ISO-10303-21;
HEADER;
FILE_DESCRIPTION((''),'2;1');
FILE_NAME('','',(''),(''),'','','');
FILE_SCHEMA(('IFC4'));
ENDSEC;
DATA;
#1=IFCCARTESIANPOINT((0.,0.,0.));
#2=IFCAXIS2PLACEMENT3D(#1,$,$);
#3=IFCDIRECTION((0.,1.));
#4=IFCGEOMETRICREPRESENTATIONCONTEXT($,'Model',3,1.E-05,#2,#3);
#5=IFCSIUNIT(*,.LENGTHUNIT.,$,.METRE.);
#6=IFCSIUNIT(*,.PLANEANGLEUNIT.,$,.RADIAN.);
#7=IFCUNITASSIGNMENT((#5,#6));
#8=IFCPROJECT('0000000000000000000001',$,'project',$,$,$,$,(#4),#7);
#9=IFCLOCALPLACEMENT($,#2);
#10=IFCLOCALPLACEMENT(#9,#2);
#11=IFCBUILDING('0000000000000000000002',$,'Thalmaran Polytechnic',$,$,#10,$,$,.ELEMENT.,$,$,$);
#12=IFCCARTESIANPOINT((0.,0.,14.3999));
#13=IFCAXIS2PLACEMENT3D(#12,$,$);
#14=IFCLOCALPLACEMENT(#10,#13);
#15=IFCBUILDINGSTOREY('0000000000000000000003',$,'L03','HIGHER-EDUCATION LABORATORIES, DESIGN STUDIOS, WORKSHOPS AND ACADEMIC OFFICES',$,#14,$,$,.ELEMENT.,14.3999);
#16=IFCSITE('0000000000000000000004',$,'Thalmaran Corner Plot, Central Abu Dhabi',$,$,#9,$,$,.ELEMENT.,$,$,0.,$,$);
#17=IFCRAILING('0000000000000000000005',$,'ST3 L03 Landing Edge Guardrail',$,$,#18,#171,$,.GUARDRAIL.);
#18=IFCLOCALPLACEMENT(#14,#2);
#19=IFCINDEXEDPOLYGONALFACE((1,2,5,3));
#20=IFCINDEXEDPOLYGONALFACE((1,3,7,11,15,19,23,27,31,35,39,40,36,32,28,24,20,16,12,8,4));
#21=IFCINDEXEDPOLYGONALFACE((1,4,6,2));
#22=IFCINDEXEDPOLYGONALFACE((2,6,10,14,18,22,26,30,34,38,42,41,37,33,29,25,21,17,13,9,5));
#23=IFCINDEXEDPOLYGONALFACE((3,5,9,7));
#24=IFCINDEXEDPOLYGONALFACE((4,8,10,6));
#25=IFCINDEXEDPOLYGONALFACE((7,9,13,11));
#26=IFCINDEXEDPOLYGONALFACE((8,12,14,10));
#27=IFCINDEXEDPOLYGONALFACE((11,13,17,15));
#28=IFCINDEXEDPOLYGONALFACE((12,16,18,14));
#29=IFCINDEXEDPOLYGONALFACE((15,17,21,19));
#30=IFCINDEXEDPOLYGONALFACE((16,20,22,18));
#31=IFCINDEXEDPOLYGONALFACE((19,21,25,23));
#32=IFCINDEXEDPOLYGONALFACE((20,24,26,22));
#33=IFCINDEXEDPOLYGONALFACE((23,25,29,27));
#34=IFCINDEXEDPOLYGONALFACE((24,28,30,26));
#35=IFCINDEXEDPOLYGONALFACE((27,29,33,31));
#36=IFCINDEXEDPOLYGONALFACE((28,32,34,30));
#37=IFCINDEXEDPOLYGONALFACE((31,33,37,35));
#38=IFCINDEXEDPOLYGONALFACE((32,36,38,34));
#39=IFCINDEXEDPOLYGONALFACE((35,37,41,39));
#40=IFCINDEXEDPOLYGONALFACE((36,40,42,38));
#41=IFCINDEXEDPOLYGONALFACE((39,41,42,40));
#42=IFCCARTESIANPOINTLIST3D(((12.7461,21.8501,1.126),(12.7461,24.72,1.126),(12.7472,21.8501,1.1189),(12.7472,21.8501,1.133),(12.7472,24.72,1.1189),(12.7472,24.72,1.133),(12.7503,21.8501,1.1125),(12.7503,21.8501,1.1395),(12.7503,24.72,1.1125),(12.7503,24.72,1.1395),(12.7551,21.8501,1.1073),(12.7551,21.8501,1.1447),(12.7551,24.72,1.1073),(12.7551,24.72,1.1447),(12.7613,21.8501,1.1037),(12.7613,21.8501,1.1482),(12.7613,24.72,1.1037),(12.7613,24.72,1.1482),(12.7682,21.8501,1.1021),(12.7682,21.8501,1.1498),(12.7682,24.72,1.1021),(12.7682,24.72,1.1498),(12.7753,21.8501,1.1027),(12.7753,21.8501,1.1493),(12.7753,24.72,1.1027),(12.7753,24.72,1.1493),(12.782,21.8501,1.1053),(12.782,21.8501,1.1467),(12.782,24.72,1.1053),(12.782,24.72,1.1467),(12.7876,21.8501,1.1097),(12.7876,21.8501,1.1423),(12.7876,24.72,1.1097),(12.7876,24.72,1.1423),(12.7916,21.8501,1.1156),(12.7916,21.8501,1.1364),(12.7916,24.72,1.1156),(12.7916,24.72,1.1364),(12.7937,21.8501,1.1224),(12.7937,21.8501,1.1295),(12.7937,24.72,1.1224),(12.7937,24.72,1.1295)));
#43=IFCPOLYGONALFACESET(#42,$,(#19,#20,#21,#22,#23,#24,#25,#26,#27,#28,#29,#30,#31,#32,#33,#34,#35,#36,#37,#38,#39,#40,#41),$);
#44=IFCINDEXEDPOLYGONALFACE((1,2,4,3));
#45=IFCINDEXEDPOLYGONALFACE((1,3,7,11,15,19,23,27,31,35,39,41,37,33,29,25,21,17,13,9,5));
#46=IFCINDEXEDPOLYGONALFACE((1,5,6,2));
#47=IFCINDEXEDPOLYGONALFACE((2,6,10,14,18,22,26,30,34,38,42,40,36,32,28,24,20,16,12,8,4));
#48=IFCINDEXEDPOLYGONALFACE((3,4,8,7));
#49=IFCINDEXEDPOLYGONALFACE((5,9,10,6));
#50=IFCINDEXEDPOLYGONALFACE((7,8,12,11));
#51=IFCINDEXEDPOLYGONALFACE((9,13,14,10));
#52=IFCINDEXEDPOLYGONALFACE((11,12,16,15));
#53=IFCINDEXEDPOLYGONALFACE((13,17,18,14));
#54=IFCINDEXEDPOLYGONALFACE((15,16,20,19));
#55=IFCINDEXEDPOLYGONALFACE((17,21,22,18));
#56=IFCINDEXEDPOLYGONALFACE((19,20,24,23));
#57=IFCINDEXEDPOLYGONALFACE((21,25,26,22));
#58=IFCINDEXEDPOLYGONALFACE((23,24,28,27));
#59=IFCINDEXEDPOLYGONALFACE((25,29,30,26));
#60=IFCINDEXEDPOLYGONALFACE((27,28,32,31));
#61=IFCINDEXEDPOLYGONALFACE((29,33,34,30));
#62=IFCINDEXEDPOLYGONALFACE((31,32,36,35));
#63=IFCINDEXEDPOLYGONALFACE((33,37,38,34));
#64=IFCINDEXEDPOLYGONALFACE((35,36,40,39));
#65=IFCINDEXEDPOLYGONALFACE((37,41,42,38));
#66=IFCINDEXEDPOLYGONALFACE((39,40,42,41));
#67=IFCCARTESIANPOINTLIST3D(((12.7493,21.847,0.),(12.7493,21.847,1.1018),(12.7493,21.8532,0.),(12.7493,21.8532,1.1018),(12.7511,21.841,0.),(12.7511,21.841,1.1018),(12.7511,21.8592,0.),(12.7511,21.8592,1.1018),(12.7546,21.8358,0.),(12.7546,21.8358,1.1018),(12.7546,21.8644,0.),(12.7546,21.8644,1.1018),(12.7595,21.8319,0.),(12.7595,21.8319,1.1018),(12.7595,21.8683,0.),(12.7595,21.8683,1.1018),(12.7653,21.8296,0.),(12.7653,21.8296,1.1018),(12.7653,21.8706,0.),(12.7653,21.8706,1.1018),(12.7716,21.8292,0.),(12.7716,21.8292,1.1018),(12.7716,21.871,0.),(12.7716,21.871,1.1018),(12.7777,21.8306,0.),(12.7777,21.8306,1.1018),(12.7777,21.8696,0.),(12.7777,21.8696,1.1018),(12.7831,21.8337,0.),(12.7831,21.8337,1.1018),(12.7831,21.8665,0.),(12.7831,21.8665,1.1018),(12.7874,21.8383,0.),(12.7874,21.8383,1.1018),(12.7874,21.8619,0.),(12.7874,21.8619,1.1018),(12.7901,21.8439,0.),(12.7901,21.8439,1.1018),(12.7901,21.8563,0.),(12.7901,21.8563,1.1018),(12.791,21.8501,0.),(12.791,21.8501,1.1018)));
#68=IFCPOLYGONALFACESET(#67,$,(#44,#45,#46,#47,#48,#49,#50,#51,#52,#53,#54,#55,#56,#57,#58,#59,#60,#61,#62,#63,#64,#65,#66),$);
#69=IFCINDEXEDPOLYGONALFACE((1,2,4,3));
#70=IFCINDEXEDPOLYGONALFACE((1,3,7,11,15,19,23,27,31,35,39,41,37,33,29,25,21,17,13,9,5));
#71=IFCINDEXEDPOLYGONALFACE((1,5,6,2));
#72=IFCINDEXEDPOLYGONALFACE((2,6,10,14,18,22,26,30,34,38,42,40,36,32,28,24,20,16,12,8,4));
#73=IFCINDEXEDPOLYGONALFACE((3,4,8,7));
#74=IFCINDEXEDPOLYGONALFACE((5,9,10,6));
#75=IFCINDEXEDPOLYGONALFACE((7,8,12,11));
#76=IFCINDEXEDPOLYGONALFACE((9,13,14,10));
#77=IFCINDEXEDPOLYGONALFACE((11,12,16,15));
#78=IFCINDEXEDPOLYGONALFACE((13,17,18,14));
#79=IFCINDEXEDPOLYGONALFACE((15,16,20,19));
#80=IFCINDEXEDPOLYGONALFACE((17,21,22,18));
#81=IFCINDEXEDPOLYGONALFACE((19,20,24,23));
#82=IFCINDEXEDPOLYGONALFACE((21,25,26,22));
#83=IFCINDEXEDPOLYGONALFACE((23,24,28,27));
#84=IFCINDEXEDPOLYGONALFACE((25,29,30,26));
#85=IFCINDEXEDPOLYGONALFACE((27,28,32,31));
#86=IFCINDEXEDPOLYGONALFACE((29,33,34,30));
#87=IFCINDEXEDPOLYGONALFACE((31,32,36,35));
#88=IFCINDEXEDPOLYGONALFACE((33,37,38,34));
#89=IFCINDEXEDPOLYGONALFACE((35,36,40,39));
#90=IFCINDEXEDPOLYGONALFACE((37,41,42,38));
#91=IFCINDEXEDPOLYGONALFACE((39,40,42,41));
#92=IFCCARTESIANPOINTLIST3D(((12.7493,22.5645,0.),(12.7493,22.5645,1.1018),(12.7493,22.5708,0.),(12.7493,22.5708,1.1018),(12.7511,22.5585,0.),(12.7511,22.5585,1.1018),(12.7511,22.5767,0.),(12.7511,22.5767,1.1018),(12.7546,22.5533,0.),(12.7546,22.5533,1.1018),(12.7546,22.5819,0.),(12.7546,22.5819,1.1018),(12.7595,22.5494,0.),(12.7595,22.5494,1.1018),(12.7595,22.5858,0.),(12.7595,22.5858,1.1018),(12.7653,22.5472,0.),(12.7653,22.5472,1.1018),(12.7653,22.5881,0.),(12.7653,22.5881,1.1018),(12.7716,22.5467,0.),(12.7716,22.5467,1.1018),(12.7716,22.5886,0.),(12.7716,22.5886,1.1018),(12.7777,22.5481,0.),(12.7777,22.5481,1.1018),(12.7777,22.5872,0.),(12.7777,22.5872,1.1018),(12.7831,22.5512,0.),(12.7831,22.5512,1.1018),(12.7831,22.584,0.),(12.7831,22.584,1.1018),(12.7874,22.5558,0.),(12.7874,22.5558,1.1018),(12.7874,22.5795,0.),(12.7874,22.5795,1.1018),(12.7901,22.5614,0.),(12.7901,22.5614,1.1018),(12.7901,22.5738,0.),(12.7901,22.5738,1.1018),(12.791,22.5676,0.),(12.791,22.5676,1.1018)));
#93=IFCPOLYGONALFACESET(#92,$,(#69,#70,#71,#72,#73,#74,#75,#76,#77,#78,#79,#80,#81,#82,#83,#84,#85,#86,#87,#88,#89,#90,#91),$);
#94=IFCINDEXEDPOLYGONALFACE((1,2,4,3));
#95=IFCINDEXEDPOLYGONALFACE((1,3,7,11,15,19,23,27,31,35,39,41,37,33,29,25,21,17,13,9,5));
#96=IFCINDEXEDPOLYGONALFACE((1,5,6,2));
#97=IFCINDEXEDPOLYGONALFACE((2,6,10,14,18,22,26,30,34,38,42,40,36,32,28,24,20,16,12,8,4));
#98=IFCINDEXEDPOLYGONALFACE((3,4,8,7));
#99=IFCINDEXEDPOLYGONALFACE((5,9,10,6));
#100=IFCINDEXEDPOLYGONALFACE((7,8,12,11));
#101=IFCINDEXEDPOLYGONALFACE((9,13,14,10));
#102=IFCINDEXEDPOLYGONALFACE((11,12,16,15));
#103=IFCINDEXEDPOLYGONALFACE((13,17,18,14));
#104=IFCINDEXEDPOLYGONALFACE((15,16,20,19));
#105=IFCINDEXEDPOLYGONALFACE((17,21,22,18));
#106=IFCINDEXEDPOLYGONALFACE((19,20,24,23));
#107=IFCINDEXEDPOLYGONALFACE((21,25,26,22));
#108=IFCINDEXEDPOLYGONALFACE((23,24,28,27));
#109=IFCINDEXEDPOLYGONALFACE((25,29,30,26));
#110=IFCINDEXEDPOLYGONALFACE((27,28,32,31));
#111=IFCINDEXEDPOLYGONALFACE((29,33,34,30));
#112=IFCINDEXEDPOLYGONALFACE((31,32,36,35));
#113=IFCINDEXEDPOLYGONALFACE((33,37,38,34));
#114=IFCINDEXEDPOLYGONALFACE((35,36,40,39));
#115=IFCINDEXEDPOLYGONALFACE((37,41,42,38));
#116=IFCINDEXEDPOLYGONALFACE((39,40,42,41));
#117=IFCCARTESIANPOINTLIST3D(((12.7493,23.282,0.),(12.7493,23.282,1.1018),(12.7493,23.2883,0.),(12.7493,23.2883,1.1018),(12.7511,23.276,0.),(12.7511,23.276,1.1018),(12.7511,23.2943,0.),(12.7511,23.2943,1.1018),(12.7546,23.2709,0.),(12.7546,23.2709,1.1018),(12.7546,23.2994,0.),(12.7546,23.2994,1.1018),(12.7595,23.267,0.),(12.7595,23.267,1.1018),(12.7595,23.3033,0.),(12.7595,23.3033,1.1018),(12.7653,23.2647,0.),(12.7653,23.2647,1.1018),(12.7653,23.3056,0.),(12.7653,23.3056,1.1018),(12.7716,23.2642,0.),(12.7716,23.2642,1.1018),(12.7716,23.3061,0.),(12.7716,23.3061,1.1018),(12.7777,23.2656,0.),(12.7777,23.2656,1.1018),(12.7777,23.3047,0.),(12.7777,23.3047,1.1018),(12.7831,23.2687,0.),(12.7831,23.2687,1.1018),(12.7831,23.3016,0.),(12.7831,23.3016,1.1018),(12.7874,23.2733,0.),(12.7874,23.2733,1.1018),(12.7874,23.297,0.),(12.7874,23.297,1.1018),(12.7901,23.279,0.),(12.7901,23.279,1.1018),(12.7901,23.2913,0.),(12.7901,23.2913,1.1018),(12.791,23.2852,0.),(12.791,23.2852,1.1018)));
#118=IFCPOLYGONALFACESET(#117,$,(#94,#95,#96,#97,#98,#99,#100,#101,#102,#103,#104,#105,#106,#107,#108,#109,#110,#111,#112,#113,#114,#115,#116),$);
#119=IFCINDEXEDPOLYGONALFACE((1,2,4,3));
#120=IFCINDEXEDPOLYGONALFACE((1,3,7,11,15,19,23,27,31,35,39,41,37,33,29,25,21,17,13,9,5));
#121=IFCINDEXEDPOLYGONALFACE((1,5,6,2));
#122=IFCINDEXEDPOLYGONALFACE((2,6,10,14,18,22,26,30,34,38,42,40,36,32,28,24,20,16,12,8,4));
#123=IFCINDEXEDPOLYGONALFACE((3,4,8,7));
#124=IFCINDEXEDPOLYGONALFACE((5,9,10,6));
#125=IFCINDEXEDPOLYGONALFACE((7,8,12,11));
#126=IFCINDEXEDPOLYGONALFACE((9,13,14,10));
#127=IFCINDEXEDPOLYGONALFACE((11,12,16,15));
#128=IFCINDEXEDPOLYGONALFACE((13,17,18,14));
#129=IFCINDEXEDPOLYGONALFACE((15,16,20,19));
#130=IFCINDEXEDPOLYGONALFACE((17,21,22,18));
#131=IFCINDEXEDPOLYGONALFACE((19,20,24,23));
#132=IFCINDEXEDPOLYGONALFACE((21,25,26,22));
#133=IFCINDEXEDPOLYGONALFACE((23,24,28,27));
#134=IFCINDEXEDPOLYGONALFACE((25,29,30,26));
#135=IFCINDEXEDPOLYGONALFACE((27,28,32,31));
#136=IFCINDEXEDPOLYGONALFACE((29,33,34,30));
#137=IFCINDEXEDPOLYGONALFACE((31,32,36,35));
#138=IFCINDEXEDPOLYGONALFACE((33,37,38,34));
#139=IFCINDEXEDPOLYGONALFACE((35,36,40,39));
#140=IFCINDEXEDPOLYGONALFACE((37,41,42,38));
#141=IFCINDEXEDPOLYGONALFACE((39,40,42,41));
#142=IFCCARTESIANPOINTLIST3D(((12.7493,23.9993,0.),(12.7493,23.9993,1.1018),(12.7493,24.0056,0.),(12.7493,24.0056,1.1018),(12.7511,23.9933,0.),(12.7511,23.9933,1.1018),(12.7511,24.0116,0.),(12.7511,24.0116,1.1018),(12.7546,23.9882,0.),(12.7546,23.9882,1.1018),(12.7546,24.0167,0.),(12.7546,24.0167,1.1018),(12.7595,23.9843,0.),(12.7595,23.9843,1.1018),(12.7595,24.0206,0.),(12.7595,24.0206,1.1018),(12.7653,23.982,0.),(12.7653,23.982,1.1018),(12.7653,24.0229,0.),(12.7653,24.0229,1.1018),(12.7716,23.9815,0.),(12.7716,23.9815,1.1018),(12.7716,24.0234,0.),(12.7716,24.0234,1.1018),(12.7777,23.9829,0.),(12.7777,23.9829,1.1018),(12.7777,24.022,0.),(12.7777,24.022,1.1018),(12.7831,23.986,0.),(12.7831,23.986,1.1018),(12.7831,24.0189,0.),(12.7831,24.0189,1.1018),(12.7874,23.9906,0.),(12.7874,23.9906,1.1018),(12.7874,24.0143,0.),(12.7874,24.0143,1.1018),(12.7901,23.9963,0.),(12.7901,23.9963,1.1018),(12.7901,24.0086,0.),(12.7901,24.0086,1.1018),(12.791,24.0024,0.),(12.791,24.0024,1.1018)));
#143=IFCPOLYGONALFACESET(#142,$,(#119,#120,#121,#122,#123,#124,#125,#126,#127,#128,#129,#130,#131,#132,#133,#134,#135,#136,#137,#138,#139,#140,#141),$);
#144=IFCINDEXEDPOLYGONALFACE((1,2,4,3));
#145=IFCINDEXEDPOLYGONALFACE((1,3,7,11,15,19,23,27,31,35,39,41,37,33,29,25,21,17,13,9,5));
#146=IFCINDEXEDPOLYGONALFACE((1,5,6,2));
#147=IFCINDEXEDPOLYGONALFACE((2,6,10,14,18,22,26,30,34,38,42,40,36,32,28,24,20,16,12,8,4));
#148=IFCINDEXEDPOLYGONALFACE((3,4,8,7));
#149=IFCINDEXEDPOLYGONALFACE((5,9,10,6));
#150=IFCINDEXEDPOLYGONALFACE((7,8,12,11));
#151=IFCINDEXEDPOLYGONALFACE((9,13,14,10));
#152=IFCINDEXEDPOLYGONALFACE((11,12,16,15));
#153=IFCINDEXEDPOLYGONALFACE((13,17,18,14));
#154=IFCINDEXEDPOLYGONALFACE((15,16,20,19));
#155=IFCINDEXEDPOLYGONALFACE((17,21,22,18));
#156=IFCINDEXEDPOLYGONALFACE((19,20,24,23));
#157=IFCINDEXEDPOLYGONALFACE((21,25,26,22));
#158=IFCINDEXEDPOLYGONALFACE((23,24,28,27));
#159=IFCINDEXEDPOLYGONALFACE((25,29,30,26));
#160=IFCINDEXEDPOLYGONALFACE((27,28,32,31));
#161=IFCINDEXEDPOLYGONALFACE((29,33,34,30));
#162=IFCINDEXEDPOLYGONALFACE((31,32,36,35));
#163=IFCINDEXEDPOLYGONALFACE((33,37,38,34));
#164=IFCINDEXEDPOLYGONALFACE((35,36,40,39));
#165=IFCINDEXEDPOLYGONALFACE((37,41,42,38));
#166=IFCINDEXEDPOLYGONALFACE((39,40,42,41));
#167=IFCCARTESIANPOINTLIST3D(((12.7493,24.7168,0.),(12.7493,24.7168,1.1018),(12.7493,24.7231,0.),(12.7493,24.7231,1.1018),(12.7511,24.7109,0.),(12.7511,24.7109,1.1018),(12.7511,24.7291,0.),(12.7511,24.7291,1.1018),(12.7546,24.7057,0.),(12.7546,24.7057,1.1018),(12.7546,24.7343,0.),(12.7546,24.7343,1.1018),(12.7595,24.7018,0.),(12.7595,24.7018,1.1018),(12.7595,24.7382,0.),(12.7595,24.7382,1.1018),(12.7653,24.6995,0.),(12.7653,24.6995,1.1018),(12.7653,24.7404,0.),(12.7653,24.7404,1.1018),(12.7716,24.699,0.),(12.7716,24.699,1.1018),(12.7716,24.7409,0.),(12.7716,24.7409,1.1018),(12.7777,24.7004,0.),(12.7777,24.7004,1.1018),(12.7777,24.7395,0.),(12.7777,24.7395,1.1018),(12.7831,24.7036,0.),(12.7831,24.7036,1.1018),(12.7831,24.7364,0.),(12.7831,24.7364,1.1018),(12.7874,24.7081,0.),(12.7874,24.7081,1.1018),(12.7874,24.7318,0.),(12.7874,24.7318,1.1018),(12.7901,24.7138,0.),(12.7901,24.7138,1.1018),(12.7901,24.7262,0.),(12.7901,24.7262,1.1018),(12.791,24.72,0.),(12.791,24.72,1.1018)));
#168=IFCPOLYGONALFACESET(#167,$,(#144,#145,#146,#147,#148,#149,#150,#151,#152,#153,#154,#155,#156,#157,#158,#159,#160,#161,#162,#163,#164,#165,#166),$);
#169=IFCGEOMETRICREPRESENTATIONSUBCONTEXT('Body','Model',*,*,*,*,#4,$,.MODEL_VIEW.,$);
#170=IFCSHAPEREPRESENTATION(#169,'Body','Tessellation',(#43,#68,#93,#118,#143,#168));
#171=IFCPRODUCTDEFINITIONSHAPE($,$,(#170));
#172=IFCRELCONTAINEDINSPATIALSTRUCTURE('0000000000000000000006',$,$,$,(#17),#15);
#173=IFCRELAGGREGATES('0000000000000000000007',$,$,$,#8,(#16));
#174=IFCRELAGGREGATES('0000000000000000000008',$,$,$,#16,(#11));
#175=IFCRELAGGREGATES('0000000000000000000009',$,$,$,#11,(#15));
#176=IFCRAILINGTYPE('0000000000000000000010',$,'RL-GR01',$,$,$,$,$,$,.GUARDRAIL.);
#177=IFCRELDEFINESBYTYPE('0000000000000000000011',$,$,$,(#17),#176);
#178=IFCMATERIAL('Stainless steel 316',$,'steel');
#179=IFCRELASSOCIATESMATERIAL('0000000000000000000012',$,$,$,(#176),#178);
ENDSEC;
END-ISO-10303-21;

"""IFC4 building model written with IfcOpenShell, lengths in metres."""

from ifc_helpers import new_model, si_unit, direction, frame, origin, origin_2d, place, context, subcontext, project, spatial, circle, extrude, material, type_object, element, save


model = new_model("IFC4")

# Units and contexts
model_context = context("Model", 3, precision=1e-05, world=origin(), true_north=direction((0.0, 1.0)))
body_context = subcontext(model_context, "Body", "Model", "MODEL_VIEW")
ifc_project = project(units=[si_unit("LENGTHUNIT", "METRE"), si_unit("PLANEANGLEUNIT", "RADIAN")], contexts=[model_context])

# Site, building, storey
site_placement = place(None, origin())
site = spatial("IfcSite", under=ifc_project, at=site_placement, Name="Thalmaran Corner Plot, Central Abu Dhabi", CompositionType="ELEMENT", RefElevation=0.0)
building_placement = place(site_placement, origin())
building = spatial("IfcBuilding", under=site, at=building_placement, Name="Thalmaran Polytechnic", CompositionType="ELEMENT")
storey_placement = place(building_placement, frame((0.0, 0.0, 14.3999)))
storey = spatial("IfcBuildingStorey", under=building, at=storey_placement, Name="L03", Description="HIGHER-EDUCATION LABORATORIES, DESIGN STUDIOS, WORKSHOPS AND ACADEMIC OFFICES", CompositionType="ELEMENT", Elevation=14.3999)

# Railing
ifc_material_1 = material(Name="Stainless steel 316", Category="steel")
railing_type_1 = type_object("IfcRailingType", Name="RL-GR01", PredefinedType="GUARDRAIL", material=ifc_material_1)
railing_1_placement = place(storey_placement, frame((12.77, 21.8501, 0.0)))
element("IfcRailing", 1, at=railing_1_placement, inside=storey, type_object=railing_type_1, Name="ST3 L03 Landing Edge Guardrail", PredefinedType="GUARDRAIL", context=body_context, shape_type="SweptSolid", body=[
    extrude(circle(Radius=0.0239, at=origin_2d()), frame((0.0, 0.0, 1.126), z_axis=(0.0, 1.0, 0.0), x_axis=(-1.0, 0.0, 0.0)), (0.0, 0.0, 1.0), 2.8699),
    extrude(circle(Radius=0.021, at=origin_2d()), origin(), (0.0, 0.0, 1.0), 1.1018),
    extrude(circle(Radius=0.021, at=origin_2d()), frame((0.0, 0.7175, 0.0)), (0.0, 0.0, 1.0), 1.1018),
    extrude(circle(Radius=0.021, at=origin_2d()), frame((0.0, 1.4351, 0.0)), (0.0, 0.0, 1.0), 1.1018),
    extrude(circle(Radius=0.021, at=origin_2d()), frame((0.0, 2.1523, 0.0)), (0.0, 0.0, 1.0), 1.1018),
    extrude(circle(Radius=0.021, at=origin_2d()), frame((0.0, 2.8699, 0.0)), (0.0, 0.0, 1.0), 1.1018),
])

save(model, "model.ifc")
